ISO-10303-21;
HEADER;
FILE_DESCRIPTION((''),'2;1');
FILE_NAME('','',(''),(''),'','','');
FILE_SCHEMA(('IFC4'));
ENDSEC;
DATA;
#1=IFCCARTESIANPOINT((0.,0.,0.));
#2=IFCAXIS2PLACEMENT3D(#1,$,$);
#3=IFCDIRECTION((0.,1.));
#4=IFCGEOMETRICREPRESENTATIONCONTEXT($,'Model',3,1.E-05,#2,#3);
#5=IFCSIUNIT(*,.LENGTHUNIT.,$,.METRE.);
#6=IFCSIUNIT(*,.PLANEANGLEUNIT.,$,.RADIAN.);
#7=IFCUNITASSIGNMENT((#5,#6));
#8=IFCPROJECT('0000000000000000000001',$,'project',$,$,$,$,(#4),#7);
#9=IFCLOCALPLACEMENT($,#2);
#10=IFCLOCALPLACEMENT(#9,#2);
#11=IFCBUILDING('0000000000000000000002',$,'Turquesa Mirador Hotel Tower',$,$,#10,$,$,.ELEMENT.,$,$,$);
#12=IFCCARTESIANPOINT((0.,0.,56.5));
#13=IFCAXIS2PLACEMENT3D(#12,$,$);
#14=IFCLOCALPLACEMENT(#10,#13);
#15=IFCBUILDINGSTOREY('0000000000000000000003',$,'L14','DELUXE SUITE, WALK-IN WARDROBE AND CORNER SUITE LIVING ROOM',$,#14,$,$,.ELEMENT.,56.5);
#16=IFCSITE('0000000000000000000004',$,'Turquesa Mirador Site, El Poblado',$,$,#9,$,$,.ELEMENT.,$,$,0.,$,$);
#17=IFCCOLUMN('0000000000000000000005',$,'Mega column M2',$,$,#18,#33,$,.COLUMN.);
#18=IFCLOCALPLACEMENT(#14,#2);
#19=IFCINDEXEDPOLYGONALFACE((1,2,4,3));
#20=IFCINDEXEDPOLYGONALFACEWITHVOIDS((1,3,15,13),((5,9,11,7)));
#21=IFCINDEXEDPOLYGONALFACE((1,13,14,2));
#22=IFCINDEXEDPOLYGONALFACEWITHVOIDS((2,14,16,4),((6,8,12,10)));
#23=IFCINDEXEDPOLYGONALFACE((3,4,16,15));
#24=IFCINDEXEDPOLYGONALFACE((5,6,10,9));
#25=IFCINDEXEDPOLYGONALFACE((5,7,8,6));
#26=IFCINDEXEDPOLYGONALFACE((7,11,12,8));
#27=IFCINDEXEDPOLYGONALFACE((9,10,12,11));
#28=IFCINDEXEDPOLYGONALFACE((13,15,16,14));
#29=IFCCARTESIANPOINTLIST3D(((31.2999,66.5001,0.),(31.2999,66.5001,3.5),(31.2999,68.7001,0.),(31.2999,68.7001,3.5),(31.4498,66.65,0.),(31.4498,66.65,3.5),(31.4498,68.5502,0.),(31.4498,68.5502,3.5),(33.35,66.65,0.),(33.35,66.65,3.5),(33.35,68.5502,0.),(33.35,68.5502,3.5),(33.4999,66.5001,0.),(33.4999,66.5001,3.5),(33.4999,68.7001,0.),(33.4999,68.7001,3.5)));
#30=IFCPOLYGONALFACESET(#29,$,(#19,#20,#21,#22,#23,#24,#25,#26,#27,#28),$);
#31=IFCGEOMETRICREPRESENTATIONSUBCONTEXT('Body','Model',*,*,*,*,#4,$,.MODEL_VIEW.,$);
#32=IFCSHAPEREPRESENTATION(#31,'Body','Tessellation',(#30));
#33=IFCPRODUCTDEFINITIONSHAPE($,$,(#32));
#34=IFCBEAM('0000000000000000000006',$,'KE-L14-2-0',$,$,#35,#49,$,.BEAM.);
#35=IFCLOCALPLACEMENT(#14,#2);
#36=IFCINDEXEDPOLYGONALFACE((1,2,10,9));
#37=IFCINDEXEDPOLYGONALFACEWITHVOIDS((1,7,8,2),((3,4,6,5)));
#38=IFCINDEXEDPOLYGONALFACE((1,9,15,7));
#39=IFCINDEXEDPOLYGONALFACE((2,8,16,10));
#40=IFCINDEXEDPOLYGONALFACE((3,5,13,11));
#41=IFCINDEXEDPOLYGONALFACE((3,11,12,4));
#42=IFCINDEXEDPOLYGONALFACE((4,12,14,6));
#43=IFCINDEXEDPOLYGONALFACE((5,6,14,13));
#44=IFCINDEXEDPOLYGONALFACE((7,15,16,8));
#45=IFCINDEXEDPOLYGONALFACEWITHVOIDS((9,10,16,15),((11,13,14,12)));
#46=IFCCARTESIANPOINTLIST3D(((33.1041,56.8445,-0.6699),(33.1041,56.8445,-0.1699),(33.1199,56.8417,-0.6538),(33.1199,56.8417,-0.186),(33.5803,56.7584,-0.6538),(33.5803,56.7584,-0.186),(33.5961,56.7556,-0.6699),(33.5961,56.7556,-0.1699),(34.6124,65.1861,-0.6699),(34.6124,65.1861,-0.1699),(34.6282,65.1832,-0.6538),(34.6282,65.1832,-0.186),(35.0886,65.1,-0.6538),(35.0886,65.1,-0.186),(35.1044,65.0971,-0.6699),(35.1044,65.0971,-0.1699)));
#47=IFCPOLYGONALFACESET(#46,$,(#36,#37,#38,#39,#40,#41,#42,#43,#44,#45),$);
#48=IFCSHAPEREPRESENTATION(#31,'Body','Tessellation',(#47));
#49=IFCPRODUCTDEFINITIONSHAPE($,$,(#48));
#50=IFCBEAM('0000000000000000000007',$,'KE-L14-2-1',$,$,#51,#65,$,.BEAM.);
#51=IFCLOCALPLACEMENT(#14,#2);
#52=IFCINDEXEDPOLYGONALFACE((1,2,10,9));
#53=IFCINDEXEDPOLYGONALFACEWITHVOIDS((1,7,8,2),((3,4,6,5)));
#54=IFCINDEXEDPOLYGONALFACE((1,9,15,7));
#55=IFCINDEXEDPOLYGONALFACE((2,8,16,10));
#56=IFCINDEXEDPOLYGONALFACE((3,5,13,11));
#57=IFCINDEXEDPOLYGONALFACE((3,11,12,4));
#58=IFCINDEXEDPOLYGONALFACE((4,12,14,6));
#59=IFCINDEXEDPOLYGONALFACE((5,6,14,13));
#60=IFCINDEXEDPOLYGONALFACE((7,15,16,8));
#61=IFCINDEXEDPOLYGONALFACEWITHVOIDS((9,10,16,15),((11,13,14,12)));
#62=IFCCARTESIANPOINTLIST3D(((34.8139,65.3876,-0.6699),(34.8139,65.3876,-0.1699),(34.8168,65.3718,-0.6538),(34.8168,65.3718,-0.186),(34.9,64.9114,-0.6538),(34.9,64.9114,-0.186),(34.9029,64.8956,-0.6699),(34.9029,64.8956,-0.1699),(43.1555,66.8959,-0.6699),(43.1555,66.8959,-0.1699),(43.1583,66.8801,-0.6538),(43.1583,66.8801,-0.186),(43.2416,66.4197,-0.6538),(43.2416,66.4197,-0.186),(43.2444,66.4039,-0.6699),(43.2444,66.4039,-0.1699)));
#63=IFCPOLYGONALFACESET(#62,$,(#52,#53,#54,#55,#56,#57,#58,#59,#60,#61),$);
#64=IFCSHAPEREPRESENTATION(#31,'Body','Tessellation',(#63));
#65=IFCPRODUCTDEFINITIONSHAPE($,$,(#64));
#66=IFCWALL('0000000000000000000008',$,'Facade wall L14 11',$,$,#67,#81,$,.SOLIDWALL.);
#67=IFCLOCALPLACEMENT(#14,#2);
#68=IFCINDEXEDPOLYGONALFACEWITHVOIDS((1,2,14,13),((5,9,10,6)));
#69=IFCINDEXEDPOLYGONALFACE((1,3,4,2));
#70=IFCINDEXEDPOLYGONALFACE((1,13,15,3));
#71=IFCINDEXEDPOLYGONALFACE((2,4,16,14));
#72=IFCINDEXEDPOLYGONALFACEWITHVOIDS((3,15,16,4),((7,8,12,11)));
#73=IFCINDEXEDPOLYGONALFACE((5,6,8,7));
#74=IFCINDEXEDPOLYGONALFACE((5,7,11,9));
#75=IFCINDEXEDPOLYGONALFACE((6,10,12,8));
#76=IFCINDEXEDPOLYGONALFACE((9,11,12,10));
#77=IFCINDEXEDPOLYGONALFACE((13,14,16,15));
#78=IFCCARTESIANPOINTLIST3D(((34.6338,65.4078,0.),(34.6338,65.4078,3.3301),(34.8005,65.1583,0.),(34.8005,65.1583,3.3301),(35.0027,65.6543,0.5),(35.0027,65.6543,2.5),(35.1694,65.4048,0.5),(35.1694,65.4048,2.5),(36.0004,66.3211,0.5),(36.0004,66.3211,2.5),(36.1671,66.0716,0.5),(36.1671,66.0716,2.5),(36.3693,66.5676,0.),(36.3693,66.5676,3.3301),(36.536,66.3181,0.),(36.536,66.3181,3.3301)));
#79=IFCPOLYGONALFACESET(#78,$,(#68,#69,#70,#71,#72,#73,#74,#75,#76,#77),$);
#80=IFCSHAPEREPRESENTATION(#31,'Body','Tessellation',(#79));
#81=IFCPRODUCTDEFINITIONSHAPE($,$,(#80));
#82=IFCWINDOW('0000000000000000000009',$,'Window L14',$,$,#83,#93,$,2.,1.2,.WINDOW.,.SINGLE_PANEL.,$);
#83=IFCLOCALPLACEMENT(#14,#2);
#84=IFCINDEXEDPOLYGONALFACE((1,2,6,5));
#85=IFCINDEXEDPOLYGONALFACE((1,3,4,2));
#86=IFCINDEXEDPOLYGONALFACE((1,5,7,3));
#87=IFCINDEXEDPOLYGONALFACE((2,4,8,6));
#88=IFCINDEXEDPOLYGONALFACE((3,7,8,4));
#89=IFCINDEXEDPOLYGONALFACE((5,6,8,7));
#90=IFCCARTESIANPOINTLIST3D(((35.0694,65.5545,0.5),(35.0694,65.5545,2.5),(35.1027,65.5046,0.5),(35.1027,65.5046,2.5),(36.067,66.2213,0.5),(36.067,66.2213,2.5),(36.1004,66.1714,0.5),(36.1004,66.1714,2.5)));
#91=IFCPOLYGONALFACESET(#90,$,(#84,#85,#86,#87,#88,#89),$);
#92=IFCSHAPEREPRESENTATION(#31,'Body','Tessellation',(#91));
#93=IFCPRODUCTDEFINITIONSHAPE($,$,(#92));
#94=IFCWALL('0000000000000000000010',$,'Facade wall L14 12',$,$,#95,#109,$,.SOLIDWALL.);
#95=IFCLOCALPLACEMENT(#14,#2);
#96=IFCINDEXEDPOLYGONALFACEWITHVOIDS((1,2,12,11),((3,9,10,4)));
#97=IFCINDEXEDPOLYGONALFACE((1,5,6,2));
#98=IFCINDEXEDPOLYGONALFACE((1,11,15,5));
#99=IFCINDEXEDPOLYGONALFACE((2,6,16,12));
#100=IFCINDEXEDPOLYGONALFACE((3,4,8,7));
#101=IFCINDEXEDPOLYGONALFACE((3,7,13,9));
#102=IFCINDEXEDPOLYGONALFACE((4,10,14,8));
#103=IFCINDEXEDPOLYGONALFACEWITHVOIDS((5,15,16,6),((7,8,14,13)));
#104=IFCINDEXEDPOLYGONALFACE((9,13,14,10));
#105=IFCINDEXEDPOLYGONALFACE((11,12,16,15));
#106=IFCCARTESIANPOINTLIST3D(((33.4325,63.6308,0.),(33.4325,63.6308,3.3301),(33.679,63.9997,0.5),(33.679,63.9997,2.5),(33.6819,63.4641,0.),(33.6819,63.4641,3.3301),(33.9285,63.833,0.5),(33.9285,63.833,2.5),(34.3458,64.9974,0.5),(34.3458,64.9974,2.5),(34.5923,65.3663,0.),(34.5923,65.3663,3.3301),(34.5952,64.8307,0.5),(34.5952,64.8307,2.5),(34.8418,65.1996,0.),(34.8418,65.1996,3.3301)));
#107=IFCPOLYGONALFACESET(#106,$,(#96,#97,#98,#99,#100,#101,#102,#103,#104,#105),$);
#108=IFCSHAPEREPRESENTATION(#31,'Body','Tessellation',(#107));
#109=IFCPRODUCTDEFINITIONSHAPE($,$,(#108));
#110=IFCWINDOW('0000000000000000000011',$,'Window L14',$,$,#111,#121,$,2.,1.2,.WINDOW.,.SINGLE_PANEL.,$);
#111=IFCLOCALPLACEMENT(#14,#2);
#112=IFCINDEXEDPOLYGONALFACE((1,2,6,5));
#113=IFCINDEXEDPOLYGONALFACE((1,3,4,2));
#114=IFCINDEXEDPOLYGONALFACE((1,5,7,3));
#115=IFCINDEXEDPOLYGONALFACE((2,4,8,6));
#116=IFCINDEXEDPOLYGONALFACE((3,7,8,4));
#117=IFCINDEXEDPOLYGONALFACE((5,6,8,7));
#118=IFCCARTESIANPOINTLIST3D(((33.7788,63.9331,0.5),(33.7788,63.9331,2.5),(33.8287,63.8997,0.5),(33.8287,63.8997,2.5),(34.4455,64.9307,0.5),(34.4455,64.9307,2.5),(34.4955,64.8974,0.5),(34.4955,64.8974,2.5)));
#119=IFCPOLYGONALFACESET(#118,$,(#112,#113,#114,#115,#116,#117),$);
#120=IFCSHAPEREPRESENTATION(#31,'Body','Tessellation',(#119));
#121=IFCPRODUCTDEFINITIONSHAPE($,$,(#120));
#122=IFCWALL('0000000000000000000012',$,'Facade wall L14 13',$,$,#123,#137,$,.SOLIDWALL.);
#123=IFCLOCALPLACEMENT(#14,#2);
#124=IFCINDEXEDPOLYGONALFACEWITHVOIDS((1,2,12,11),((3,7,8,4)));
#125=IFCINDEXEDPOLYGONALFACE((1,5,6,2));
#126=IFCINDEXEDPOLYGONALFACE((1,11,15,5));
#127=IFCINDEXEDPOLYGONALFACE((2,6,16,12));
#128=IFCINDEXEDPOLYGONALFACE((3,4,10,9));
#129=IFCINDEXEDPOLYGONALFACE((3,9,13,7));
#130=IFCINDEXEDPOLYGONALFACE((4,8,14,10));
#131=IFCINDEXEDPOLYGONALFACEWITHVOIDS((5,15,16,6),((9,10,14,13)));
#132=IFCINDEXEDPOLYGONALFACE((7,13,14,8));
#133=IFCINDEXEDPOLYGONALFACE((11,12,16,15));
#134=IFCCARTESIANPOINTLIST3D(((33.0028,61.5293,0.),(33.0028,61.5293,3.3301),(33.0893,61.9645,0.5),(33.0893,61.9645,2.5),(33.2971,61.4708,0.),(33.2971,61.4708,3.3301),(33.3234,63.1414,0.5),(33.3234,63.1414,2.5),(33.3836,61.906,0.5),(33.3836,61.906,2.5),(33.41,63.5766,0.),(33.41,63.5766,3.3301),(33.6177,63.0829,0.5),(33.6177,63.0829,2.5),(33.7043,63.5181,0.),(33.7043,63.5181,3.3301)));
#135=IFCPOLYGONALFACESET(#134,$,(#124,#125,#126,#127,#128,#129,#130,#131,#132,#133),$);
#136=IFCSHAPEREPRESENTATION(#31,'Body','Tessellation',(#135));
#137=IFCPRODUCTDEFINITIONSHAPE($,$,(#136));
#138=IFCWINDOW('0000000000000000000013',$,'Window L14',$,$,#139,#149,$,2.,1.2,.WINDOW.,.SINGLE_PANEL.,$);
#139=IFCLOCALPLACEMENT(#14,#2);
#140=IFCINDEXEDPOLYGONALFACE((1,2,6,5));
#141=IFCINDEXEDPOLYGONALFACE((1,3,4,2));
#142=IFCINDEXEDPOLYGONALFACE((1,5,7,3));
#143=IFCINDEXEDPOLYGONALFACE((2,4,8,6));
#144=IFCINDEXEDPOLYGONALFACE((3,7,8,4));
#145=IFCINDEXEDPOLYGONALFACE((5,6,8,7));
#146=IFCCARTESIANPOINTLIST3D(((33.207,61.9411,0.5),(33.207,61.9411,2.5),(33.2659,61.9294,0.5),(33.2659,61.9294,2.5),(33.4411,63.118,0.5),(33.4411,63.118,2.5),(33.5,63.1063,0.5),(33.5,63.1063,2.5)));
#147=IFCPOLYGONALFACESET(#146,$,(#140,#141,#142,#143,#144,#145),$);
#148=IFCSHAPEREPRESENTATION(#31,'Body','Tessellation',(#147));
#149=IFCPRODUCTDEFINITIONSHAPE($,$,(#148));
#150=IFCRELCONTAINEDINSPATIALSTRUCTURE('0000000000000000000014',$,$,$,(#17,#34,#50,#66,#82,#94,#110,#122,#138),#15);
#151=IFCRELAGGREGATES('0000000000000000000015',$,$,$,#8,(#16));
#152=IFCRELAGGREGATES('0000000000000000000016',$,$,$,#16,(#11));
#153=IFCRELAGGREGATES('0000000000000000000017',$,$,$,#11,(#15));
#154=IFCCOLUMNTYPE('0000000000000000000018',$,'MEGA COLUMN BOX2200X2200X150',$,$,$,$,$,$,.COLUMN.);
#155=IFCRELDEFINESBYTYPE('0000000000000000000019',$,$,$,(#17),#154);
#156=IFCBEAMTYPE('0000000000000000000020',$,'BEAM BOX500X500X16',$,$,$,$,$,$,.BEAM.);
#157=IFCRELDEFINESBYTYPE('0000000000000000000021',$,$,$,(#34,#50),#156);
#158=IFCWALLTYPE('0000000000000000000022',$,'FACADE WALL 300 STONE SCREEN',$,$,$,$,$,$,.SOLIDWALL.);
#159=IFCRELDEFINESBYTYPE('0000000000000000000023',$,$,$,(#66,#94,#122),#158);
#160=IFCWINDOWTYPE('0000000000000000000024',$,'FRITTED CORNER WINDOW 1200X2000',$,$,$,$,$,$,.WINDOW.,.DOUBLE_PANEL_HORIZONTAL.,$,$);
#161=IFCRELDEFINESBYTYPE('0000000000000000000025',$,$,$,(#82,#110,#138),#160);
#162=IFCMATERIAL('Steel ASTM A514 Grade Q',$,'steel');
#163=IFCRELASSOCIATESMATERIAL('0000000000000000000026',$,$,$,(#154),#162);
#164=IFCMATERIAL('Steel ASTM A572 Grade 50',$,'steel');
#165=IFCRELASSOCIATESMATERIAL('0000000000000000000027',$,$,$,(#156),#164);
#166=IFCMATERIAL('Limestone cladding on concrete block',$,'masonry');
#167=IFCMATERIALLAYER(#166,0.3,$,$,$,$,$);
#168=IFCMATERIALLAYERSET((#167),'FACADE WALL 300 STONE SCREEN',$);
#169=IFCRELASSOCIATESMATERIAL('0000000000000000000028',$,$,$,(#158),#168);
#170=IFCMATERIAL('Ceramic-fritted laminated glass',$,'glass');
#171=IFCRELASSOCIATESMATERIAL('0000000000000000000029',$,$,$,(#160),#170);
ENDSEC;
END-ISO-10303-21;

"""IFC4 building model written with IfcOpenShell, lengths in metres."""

from ifc_helpers import new_model, si_unit, direction, frame, frame_2d, origin, origin_2d, place, context, subcontext, project, spatial, rectangle, hollow_rectangle, extrude, material, layer, layer_set, material_profile, profile_set, type_object, element, fill, save


model = new_model("IFC4")

# Units and contexts
model_context = context("Model", 3, precision=1e-05, world=origin(), true_north=direction((0.0, 1.0)))
body_context = subcontext(model_context, "Body", "Model", "MODEL_VIEW")
ifc_project = project(units=[si_unit("LENGTHUNIT", "METRE"), si_unit("PLANEANGLEUNIT", "RADIAN")], contexts=[model_context])

# Site, building, storey
site_placement = place(None, origin())
site = spatial("IfcSite", under=ifc_project, at=site_placement, Name="Turquesa Mirador Site, El Poblado", CompositionType="ELEMENT", RefElevation=0.0)
building_placement = place(site_placement, origin())
building = spatial("IfcBuilding", under=site, at=building_placement, Name="Turquesa Mirador Hotel Tower", CompositionType="ELEMENT")
storey_placement = place(building_placement, frame((0.0, 0.0, 56.5)))
storey = spatial("IfcBuildingStorey", under=building, at=storey_placement, Name="L14", Description="DELUXE SUITE, WALK-IN WARDROBE AND CORNER SUITE LIVING ROOM", CompositionType="ELEMENT", Elevation=56.5)

# Column
ifc_material_1 = material(Name="Steel ASTM A514 Grade Q", Category="steel")
ifc_material_profile_1 = material_profile(ifc_material_1, hollow_rectangle(XDim=2.2, YDim=2.2, WallThickness=0.1499, at=origin_2d()), Name="BOX2200X2200X150")
ifc_profile_set_1 = profile_set([ifc_material_profile_1], Name="Steel ASTM A514 Grade Q")
column_type = type_object("IfcColumnType", Name="MEGA COLUMN BOX2200X2200X150", PredefinedType="COLUMN", material=ifc_profile_set_1)
column_placement = place(storey_placement, frame((32.3999, 67.6001, 0.0), z_axis=(0.0, 0.0, 1.0), x_axis=(1.0, 0.0, 0.0)))
element("IfcColumn", 1, at=column_placement, inside=storey, type_object=column_type, Name="Mega column M2", PredefinedType="COLUMN", context=body_context, shape_type="SweptSolid", body=[
    extrude(hollow_rectangle(XDim=2.2, YDim=2.2, WallThickness=0.1499, at=origin_2d()), origin(), (0.0, 0.0, 1.0), 3.5),
])

# Beams
ifc_material_2 = material(Name="Steel ASTM A572 Grade 50", Category="steel")
ifc_material_profile_2 = material_profile(ifc_material_2, hollow_rectangle(XDim=0.5, YDim=0.5, WallThickness=0.0161, at=origin_2d()), Name="BOX500X500X16")
ifc_profile_set_2 = profile_set([ifc_material_profile_2], Name="Steel ASTM A572 Grade 50")
beam_type = type_object("IfcBeamType", Name="BEAM BOX500X500X16", PredefinedType="BEAM", material=ifc_profile_set_2)
for number, where, z_axis, x_axis, name in (
    (2, (33.3501, 56.8, -0.4199), (0.177932, 0.984043, 0.0), (-0.984043, 0.177932, 0.0), "KE-L14-2-0"),
    (3, (34.8584, 65.1416, -0.4199), (0.984043, 0.177932, 0.0), (-0.177932, 0.984043, 0.0), "KE-L14-2-1"),
):
    element("IfcBeam", number, at=place(storey_placement, frame(where, z_axis=z_axis, x_axis=x_axis)), inside=storey, type_object=beam_type, Name=name, PredefinedType="BEAM", context=body_context, shape_type="SweptSolid", body=[
        extrude(hollow_rectangle(XDim=0.5, YDim=0.5, WallThickness=0.0161, at=origin_2d()), origin(), (0.0, 0.0, 1.0), 8.4768),
    ])

# Walls, openings, windows
ifc_material_3 = material(Name="Limestone cladding on concrete block", Category="masonry")
ifc_layer_1 = layer(ifc_material_3, 0.3)
ifc_layer_set_1 = layer_set([ifc_layer_1], Name="FACADE WALL 300 STONE SCREEN")
wall_type_1 = type_object("IfcWallType", Name="FACADE WALL 300 STONE SCREEN", PredefinedType="SOLIDWALL", material=ifc_layer_set_1)
wall_1_placement = place(storey_placement, frame((36.4526, 66.4429, 0.0), z_axis=(0.0, 0.0, 1.0), x_axis=(-0.83142, -0.555644, 0.0)))
wall_1 = element("IfcWall", 4, at=wall_1_placement, inside=storey, type_object=wall_type_1, Name="Facade wall L14 11", PredefinedType="SOLIDWALL", context=body_context, shape_type="SweptSolid", body=[
    extrude(rectangle(XDim=2.0874, YDim=0.3, at=frame_2d((1.0437, 0.0))), origin(), (0.0, 0.0, 1.0), 3.3301),
])
opening_1_placement = place(wall_1_placement, frame((0.4436, 0.0, 0.5)))
opening_1 = element("IfcOpeningElement", 5, at=opening_1_placement, cuts=wall_1, PredefinedType="OPENING", context=body_context, shape_type="SweptSolid", body=[
    extrude(rectangle(XDim=1.2, YDim=2.0, at=frame_2d((0.6001, 1.0))), frame((0.0, 0.1599, 0.0), z_axis=(0.0, -1.0, 0.0), x_axis=(1.0, 0.0, 0.0)), (0.0, 0.0, 1.0), 0.3201),
])
ifc_material_4 = material(Name="Ceramic-fritted laminated glass", Category="glass")
window_type_1 = type_object("IfcWindowType", Name="FRITTED CORNER WINDOW 1200X2000", PartitioningType="DOUBLE_PANEL_HORIZONTAL", PredefinedType="WINDOW", material=ifc_material_4)
window_1_placement = place(opening_1_placement, origin())
window_1 = element("IfcWindow", 6, at=window_1_placement, inside=storey, type_object=window_type_1, Name="Window L14", OverallHeight=2.0, OverallWidth=1.2, PartitioningType="SINGLE_PANEL", PredefinedType="WINDOW", context=body_context, shape_type="SweptSolid", body=[
    extrude(rectangle(XDim=1.2, YDim=2.0, at=frame_2d((0.6001, 1.0))), frame((0.0, 0.03, 0.0), z_axis=(0.0, -1.0, 0.0), x_axis=(1.0, 0.0, 0.0)), (0.0, 0.0, 1.0), 0.0601),
])
fill(opening_1, window_1)
wall_2_placement = place(storey_placement, frame((34.717, 65.283, 0.0), z_axis=(0.0, 0.0, 1.0), x_axis=(-0.555644, -0.83142, 0.0)))
wall_2 = element("IfcWall", 7, at=wall_2_placement, inside=storey, type_object=wall_type_1, Name="Facade wall L14 12", PredefinedType="SOLIDWALL", context=body_context, shape_type="SweptSolid", body=[
    extrude(rectangle(XDim=2.0874, YDim=0.3, at=frame_2d((1.0437, 0.0))), origin(), (0.0, 0.0, 1.0), 3.3301),
])
opening_2_placement = place(wall_2_placement, frame((0.4436, 0.0, 0.5)))
opening_2 = element("IfcOpeningElement", 8, at=opening_2_placement, cuts=wall_2, PredefinedType="OPENING", context=body_context, shape_type="SweptSolid", body=[
    extrude(rectangle(XDim=1.2, YDim=2.0, at=frame_2d((0.6001, 1.0))), frame((0.0, 0.1599, 0.0), z_axis=(0.0, -1.0, 0.0), x_axis=(1.0, 0.0, 0.0)), (0.0, 0.0, 1.0), 0.3201),
])
window_2_placement = place(opening_2_placement, origin())
window_2 = element("IfcWindow", 9, at=window_2_placement, inside=storey, type_object=window_type_1, Name="Window L14", OverallHeight=2.0, OverallWidth=1.2, PartitioningType="SINGLE_PANEL", PredefinedType="WINDOW", context=body_context, shape_type="SweptSolid", body=[
    extrude(rectangle(XDim=1.2, YDim=2.0, at=frame_2d((0.6001, 1.0))), frame((0.0, 0.03, 0.0), z_axis=(0.0, -1.0, 0.0), x_axis=(1.0, 0.0, 0.0)), (0.0, 0.0, 1.0), 0.0601),
])
fill(opening_2, window_2)
wall_3_placement = place(storey_placement, frame((33.5571, 63.5474, 0.0), z_axis=(0.0, 0.0, 1.0), x_axis=(-0.195081, -0.980787, 0.0)))
wall_3 = element("IfcWall", 10, at=wall_3_placement, inside=storey, type_object=wall_type_1, Name="Facade wall L14 13", PredefinedType="SOLIDWALL", context=body_context, shape_type="SweptSolid", body=[
    extrude(rectangle(XDim=2.0874, YDim=0.3, at=frame_2d((1.0437, 0.0))), origin(), (0.0, 0.0, 1.0), 3.3301),
])
opening_3_placement = place(wall_3_placement, frame((0.4436, 0.0, 0.5)))
opening_3 = element("IfcOpeningElement", 11, at=opening_3_placement, cuts=wall_3, PredefinedType="OPENING", context=body_context, shape_type="SweptSolid", body=[
    extrude(rectangle(XDim=1.2, YDim=2.0, at=frame_2d((0.6001, 1.0))), frame((0.0, 0.1599, 0.0), z_axis=(0.0, -1.0, 0.0), x_axis=(1.0, 0.0, 0.0)), (0.0, 0.0, 1.0), 0.3201),
])
window_3_placement = place(opening_3_placement, origin())
window_3 = element("IfcWindow", 12, at=window_3_placement, inside=storey, type_object=window_type_1, Name="Window L14", OverallHeight=2.0, OverallWidth=1.2, PartitioningType="SINGLE_PANEL", PredefinedType="WINDOW", context=body_context, shape_type="SweptSolid", body=[
    extrude(rectangle(XDim=1.2, YDim=2.0, at=frame_2d((0.6001, 1.0))), frame((0.0, 0.03, 0.0), z_axis=(0.0, -1.0, 0.0), x_axis=(1.0, 0.0, 0.0)), (0.0, 0.0, 1.0), 0.0601),
])
fill(opening_3, window_3)

save(model, "model.ifc")
